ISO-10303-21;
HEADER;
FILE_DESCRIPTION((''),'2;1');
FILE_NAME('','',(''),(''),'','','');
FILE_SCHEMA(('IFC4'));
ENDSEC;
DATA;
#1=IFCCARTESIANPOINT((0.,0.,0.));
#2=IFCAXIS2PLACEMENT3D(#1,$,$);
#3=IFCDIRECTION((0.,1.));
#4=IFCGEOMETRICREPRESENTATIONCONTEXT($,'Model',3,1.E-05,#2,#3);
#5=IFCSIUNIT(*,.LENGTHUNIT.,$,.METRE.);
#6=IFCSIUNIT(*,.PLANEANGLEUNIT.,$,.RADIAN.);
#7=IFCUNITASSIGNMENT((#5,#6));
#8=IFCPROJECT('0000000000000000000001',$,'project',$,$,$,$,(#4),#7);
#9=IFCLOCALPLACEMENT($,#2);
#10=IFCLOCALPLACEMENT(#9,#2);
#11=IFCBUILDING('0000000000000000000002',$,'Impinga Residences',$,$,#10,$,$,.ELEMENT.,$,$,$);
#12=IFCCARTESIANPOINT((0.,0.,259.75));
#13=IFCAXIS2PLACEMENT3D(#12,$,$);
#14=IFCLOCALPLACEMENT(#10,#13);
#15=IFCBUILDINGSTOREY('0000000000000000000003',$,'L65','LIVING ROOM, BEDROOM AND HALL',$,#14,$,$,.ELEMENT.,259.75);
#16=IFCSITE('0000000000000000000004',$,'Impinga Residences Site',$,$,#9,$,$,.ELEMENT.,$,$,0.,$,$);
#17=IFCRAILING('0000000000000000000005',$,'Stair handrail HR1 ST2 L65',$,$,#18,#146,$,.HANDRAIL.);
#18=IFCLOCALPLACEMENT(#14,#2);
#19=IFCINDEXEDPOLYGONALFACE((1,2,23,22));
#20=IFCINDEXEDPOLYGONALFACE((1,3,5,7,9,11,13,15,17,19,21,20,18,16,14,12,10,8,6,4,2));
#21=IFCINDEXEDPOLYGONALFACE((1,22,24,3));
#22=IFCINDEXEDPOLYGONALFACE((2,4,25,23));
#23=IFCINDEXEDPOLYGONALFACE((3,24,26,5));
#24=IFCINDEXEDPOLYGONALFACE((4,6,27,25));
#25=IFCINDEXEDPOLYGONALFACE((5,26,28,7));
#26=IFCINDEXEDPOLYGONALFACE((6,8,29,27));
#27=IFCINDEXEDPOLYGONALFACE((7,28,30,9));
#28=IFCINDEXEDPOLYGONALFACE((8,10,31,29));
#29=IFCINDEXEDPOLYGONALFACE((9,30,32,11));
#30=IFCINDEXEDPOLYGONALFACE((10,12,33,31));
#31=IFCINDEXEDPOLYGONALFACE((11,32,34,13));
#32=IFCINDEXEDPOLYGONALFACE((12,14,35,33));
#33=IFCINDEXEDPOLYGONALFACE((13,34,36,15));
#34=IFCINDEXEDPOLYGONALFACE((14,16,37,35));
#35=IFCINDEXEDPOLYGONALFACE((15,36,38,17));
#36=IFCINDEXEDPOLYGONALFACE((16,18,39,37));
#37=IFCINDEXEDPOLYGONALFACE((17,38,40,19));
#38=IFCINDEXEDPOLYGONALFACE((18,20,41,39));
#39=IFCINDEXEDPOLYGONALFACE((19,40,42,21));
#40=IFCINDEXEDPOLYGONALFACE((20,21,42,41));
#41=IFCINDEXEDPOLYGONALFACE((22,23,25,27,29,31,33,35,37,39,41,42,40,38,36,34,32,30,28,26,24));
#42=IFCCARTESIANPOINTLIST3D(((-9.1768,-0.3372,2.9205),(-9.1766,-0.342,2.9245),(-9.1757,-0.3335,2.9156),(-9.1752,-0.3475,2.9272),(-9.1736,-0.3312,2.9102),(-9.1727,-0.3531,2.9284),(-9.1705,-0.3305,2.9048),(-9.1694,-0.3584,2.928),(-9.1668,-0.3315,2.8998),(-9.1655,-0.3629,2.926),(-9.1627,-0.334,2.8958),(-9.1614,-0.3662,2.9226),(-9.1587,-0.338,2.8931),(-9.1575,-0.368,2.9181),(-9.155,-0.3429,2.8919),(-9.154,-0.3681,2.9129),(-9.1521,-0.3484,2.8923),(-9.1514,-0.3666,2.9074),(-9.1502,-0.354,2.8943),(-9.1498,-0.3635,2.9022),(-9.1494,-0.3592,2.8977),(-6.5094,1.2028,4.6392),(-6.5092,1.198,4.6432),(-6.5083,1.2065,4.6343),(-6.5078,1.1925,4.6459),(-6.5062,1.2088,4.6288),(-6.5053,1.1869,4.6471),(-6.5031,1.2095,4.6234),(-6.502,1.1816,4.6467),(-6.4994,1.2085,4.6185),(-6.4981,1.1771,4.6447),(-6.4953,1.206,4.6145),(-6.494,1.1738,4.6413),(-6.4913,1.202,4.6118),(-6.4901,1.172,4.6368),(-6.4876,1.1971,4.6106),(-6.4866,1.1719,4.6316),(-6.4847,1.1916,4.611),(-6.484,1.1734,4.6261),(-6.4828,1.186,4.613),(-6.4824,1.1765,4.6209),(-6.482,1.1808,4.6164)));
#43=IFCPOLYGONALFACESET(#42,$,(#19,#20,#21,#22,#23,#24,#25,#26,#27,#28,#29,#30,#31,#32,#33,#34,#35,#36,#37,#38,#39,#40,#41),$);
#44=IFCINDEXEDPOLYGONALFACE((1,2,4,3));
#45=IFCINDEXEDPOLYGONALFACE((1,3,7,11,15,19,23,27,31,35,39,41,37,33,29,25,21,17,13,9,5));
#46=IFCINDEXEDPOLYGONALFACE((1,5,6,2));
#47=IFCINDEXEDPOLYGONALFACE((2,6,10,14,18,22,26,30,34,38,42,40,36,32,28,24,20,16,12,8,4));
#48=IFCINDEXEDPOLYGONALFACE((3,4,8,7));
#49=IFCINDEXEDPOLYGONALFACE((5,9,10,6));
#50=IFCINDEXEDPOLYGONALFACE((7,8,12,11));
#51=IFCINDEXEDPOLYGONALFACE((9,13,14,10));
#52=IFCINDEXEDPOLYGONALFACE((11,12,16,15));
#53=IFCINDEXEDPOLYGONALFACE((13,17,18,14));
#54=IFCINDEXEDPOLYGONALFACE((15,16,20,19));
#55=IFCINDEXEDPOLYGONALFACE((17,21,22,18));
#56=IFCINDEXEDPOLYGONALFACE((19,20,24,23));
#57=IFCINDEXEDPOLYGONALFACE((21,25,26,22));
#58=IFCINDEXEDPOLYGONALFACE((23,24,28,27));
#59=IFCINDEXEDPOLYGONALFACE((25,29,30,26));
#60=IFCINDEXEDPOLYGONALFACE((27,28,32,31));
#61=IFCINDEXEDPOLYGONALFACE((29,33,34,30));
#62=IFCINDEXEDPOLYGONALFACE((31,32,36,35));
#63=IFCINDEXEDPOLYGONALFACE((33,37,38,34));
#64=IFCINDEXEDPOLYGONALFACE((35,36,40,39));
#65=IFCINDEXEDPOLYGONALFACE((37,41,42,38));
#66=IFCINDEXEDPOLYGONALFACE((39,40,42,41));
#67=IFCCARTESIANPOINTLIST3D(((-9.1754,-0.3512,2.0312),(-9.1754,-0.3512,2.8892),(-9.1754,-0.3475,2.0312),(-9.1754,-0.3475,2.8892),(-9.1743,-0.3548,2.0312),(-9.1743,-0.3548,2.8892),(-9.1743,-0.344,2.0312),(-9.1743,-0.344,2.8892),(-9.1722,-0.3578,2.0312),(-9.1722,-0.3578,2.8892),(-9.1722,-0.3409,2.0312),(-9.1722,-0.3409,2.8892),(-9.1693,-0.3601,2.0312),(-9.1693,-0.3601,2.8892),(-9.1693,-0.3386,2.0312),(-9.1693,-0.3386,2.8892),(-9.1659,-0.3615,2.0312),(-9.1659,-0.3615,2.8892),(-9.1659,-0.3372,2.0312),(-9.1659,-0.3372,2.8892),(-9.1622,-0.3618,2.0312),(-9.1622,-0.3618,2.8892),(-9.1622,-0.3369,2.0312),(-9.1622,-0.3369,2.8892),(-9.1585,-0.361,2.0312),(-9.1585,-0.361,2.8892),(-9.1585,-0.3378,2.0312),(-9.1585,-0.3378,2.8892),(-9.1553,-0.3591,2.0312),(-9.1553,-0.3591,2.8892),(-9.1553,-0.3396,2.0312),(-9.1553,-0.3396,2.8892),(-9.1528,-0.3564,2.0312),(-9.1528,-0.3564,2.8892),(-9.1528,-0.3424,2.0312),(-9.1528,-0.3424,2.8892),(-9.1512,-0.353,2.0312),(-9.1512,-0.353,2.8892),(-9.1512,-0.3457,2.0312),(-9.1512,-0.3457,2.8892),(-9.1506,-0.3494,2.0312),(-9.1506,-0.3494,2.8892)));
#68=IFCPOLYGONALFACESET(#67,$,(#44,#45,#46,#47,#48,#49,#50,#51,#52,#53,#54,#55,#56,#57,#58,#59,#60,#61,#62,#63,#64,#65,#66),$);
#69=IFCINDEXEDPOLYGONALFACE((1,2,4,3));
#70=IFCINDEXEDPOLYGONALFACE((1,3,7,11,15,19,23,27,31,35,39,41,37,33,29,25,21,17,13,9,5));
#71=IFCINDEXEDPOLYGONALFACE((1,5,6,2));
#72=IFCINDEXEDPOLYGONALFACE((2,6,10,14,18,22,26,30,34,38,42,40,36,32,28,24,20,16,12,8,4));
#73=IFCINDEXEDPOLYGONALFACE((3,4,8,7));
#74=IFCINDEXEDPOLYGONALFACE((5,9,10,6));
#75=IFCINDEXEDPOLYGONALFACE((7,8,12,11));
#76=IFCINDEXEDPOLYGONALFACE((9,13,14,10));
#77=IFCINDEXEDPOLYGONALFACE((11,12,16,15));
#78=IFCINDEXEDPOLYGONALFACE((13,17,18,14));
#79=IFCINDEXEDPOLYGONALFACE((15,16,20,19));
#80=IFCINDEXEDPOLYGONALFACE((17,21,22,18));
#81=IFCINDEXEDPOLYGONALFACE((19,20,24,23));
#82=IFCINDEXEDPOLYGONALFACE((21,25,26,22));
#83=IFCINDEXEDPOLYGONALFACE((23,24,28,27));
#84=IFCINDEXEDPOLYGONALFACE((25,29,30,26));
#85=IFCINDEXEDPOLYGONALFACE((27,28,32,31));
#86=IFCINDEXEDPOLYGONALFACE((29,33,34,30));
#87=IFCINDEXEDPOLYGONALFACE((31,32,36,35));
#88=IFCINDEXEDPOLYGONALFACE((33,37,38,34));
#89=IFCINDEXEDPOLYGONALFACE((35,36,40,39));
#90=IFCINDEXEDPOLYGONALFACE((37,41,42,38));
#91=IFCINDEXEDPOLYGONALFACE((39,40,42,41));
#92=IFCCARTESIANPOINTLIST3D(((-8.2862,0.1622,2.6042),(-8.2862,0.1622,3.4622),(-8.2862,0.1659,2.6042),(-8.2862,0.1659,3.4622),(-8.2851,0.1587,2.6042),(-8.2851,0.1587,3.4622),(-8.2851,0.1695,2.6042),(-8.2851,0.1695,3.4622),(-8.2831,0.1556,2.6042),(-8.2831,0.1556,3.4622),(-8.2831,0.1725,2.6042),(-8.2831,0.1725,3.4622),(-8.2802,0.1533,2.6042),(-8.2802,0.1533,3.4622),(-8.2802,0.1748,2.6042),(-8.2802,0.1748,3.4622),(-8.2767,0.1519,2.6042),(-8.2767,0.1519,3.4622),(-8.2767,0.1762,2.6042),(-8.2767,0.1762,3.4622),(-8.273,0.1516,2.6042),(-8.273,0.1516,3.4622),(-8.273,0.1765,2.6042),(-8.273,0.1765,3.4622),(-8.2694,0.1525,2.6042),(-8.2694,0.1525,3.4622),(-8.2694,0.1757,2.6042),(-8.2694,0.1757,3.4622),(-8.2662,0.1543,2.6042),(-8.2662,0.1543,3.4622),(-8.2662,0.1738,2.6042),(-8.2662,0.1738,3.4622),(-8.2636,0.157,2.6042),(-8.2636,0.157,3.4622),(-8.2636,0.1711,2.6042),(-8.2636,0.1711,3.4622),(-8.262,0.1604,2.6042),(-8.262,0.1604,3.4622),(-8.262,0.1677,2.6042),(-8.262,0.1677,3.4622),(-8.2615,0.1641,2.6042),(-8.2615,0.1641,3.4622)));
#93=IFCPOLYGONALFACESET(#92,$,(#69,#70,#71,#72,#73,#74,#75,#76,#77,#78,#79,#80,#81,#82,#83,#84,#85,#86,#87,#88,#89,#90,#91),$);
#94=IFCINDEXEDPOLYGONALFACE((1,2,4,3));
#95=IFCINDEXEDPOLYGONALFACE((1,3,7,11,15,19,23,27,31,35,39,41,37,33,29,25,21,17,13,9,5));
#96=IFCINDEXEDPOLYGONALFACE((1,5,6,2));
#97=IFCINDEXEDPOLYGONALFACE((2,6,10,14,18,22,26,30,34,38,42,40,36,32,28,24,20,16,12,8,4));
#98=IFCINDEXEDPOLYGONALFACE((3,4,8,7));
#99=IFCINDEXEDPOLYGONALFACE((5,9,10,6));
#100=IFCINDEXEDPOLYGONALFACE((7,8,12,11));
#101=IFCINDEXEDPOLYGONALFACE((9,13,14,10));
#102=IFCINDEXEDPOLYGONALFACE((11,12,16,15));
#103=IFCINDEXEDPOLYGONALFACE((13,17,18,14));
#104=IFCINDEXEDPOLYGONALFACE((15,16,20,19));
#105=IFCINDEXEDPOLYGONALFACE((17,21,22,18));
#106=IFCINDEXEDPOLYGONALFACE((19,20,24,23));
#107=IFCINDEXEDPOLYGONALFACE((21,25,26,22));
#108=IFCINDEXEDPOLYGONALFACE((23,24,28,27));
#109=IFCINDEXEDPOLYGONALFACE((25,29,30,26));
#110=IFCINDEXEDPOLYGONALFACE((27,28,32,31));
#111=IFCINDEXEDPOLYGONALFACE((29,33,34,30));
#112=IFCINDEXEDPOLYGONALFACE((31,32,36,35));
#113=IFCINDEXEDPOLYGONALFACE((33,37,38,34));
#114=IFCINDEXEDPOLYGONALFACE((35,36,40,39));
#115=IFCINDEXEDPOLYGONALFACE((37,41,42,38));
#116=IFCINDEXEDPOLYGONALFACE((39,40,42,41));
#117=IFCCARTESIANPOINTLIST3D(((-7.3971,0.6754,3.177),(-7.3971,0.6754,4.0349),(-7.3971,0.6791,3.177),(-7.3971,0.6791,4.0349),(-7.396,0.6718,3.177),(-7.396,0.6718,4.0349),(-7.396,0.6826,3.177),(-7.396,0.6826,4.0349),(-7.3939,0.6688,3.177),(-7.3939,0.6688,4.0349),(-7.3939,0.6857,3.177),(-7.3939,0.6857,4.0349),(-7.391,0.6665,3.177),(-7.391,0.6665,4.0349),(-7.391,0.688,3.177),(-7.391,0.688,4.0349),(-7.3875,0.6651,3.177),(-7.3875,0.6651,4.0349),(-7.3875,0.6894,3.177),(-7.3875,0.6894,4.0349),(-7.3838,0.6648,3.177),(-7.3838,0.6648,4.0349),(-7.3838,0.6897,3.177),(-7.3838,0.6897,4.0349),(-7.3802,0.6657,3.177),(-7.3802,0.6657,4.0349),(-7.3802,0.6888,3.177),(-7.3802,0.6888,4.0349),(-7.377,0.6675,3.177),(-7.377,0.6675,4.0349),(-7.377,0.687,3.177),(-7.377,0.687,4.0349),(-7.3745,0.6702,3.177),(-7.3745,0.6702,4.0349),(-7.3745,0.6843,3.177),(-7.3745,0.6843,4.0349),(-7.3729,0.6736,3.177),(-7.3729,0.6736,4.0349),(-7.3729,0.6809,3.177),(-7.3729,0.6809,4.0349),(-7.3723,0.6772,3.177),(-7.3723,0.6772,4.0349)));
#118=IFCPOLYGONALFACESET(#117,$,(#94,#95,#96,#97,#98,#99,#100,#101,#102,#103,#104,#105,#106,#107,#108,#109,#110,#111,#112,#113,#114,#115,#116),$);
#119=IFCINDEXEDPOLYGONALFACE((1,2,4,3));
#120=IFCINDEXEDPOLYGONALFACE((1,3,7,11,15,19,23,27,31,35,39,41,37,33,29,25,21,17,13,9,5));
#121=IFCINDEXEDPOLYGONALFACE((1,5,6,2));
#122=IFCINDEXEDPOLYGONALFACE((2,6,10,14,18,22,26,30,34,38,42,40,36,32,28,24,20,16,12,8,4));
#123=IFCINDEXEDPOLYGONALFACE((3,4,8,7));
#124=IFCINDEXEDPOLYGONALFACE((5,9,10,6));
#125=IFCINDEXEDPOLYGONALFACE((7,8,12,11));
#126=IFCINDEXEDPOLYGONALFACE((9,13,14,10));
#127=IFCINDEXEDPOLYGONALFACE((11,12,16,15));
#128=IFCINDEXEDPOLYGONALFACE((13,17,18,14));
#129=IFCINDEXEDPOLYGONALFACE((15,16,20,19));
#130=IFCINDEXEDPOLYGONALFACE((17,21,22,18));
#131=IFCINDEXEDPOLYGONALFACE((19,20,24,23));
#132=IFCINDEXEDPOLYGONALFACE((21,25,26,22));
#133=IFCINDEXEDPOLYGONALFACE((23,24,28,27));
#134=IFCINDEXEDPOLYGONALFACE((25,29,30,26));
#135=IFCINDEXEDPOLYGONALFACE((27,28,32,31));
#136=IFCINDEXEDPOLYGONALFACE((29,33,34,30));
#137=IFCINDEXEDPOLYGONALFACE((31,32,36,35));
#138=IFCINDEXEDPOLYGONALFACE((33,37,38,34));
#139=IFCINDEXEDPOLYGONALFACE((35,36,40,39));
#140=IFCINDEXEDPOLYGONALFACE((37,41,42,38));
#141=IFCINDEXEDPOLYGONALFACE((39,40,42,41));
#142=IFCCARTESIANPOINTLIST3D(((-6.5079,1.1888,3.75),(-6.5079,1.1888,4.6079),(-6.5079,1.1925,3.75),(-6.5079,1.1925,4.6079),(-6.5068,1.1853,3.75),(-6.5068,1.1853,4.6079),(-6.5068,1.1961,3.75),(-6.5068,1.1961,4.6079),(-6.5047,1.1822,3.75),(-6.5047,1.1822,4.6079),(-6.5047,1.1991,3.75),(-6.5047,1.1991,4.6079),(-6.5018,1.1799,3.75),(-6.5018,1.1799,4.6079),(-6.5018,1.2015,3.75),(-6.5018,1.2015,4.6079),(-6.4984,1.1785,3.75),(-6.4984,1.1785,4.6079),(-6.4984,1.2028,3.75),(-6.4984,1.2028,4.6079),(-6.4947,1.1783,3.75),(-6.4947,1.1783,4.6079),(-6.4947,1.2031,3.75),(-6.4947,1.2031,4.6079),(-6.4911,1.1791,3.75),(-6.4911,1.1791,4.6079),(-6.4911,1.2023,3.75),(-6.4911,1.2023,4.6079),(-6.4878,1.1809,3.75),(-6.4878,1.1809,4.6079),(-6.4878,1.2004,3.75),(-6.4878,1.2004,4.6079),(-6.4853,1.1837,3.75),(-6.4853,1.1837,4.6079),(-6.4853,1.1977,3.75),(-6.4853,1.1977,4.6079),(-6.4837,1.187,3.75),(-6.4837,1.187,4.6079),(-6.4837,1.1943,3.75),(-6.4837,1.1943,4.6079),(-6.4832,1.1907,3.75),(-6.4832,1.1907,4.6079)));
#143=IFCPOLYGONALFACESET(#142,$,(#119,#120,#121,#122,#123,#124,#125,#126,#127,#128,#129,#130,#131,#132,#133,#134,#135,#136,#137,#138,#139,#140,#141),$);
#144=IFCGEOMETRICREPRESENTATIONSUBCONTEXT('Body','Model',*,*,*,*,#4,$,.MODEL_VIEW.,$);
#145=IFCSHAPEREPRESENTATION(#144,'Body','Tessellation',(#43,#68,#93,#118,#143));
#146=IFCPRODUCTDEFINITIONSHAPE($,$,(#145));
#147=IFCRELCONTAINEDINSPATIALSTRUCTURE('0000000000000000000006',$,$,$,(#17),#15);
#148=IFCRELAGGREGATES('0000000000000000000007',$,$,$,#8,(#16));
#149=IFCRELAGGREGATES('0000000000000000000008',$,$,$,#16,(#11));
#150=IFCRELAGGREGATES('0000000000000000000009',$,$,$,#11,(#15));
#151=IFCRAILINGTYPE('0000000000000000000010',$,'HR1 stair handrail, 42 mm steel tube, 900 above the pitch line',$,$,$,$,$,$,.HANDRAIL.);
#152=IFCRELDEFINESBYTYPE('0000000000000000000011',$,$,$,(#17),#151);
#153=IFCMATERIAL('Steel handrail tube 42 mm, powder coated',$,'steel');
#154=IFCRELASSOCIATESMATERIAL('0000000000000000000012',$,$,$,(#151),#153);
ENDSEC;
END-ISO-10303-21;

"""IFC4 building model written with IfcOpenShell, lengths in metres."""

from ifc_helpers import new_model, si_unit, direction, frame, origin, origin_2d, place, context, subcontext, project, spatial, circle, extrude, material, type_object, element, save


model = new_model("IFC4")

# Units and contexts
model_context = context("Model", 3, precision=1e-05, world=origin(), true_north=direction((0.0, 1.0)))
body_context = subcontext(model_context, "Body", "Model", "MODEL_VIEW")
ifc_project = project(units=[si_unit("LENGTHUNIT", "METRE"), si_unit("PLANEANGLEUNIT", "RADIAN")], contexts=[model_context])

# Site, building, storey
site_placement = place(None, origin())
site = spatial("IfcSite", under=ifc_project, at=site_placement, Name="Impinga Residences Site", CompositionType="ELEMENT", RefElevation=0.0)
building_placement = place(site_placement, origin())
building = spatial("IfcBuilding", under=site, at=building_placement, Name="Impinga Residences", CompositionType="ELEMENT")
storey_placement = place(building_placement, frame((0.0, 0.0, 259.75)))
storey = spatial("IfcBuildingStorey", under=building, at=storey_placement, Name="L65", Description="LIVING ROOM, BEDROOM AND HALL", CompositionType="ELEMENT", Elevation=259.75)

# Railing
ifc_material_1 = material(Name="Steel handrail tube 42 mm, powder coated", Category="steel")
railing_type_1 = type_object("IfcRailingType", Name="HR1 stair handrail, 42 mm steel tube, 900 above the pitch line", PredefinedType="HANDRAIL", material=ifc_material_1)
railing_1_placement = place(storey_placement, frame((-9.1631, -0.3494, 2.0312)))
element("IfcRailing", 1, at=railing_1_placement, inside=storey, type_object=railing_type_1, Name="Stair handrail HR1 ST2 L65", PredefinedType="HANDRAIL", context=body_context, shape_type="SweptSolid", body=[
    extrude(circle(Radius=0.021, at=origin_2d()), frame((0.0, 0.0, 0.8789), z_axis=(0.756256, 0.436616, 0.487282), x_axis=(-0.499992, 0.86603, 0.0)), (0.0, 0.0, 1.0), 3.5271),
    extrude(circle(Radius=0.0125, at=origin_2d()), origin(), (0.0, 0.0, 1.0), 0.8579),
    extrude(circle(Radius=0.0125, at=origin_2d()), frame((0.8892, 0.5134, 0.573)), (0.0, 0.0, 1.0), 0.8579),
    extrude(circle(Radius=0.0125, at=origin_2d()), frame((1.7783, 1.0266, 1.1458)), (0.0, 0.0, 1.0), 0.8579),
    extrude(circle(Radius=0.0125, at=origin_2d()), frame((2.6675, 1.54, 1.7188)), (0.0, 0.0, 1.0), 0.8579),
])

save(model, "model.ifc")
